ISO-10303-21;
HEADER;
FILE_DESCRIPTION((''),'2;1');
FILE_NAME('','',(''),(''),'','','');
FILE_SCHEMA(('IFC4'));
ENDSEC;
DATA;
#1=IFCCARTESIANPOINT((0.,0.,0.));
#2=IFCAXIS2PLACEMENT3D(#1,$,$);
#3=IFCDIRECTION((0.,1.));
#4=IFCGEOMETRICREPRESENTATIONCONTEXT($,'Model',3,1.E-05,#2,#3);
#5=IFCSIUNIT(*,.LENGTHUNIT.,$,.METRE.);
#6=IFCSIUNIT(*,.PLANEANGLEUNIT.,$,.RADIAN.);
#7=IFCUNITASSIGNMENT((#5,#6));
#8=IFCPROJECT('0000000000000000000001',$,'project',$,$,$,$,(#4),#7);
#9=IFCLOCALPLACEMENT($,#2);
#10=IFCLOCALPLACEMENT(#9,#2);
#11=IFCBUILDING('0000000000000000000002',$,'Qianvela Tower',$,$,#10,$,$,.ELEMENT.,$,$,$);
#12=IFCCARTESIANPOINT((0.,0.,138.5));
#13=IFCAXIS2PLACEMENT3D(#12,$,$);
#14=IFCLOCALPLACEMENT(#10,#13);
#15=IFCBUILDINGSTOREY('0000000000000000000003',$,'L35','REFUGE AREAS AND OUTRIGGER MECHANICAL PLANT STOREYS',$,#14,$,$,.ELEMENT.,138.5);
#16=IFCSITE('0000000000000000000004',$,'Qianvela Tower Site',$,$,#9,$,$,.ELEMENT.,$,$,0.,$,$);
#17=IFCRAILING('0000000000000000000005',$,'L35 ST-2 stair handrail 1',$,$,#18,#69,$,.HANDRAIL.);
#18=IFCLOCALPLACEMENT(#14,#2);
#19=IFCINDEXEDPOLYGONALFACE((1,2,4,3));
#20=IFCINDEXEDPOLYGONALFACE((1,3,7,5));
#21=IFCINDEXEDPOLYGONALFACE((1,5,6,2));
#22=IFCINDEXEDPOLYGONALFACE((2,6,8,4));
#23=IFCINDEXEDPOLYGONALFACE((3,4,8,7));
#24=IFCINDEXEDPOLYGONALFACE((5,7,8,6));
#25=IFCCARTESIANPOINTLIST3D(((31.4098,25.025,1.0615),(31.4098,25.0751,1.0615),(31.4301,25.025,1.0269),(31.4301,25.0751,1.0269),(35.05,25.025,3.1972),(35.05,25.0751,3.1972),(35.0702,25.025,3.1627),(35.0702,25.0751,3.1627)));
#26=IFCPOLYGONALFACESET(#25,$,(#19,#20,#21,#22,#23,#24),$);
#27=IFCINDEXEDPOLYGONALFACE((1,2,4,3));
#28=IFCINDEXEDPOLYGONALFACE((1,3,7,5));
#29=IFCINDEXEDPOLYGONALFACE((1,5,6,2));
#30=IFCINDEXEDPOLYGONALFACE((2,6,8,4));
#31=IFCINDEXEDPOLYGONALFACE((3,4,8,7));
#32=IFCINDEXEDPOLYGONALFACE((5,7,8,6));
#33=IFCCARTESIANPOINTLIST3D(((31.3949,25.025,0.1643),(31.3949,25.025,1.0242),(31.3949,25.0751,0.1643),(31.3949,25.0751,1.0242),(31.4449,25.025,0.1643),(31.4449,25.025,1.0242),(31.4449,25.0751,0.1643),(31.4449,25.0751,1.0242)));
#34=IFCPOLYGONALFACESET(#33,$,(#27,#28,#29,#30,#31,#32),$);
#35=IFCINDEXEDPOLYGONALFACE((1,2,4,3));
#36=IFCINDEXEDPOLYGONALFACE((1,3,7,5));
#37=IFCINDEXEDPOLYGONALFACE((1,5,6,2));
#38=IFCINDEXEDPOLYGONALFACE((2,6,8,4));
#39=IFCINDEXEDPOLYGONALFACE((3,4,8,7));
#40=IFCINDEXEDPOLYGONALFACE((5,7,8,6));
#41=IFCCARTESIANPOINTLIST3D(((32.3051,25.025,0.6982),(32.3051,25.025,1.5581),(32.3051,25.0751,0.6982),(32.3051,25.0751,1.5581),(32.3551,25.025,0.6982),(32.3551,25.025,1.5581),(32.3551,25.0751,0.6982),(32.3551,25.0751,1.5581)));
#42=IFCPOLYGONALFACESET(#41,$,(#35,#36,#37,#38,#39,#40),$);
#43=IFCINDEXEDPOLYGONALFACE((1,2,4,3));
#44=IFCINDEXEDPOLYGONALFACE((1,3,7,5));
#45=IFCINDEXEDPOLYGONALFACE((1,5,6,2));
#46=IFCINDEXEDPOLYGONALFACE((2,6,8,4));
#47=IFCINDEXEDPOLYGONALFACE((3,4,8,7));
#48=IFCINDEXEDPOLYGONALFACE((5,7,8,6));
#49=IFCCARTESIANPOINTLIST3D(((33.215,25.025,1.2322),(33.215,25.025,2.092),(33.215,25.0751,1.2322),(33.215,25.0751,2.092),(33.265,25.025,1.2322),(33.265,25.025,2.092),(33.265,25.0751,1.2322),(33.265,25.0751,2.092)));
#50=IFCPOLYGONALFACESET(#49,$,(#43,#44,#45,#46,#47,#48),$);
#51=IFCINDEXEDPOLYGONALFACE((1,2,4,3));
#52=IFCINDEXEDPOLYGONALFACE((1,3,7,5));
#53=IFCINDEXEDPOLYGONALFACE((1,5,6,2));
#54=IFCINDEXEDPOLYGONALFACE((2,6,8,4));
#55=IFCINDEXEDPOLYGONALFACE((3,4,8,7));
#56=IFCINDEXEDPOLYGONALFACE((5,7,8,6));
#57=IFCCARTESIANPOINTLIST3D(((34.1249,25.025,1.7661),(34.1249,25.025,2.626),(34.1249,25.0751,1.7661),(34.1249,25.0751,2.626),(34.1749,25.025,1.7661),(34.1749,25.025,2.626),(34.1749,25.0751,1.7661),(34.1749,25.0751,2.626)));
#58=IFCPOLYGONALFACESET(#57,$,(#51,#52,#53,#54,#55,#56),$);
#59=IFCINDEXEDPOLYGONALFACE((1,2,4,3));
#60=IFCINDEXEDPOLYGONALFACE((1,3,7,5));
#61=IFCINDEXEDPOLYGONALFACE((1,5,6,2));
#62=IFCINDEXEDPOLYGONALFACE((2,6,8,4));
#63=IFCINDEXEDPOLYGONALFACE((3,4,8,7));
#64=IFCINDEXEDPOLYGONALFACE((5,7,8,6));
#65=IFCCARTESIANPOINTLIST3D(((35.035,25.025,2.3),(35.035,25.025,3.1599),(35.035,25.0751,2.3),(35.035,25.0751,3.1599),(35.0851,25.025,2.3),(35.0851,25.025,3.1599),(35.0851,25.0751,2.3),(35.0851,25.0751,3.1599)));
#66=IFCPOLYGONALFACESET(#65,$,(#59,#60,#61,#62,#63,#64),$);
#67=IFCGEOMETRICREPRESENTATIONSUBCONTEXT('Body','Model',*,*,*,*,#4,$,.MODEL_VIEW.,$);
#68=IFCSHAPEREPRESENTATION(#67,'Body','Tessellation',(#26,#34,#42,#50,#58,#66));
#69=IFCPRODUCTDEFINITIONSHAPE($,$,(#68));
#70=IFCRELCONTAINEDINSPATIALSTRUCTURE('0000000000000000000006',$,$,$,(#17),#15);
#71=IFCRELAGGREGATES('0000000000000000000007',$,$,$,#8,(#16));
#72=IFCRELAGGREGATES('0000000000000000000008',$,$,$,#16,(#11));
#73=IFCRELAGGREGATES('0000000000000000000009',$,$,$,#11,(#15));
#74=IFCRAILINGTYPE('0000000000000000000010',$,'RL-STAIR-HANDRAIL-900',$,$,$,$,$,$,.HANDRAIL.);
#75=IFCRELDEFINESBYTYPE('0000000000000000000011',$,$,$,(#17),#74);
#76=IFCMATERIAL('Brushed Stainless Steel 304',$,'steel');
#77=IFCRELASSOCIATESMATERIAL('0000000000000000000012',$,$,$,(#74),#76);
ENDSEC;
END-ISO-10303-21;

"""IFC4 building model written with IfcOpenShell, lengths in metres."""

from ifc_helpers import new_model, si_unit, direction, frame, origin, origin_2d, place, context, subcontext, project, spatial, rectangle, extrude, material, type_object, element, save


model = new_model("IFC4")

# Units and contexts
model_context = context("Model", 3, precision=1e-05, world=origin(), true_north=direction((0.0, 1.0)))
body_context = subcontext(model_context, "Body", "Model", "MODEL_VIEW")
ifc_project = project(units=[si_unit("LENGTHUNIT", "METRE"), si_unit("PLANEANGLEUNIT", "RADIAN")], contexts=[model_context])

# Site, building, storey
site_placement = place(None, origin())
site = spatial("IfcSite", under=ifc_project, at=site_placement, Name="Qianvela Tower Site", CompositionType="ELEMENT", RefElevation=0.0)
building_placement = place(site_placement, origin())
building = spatial("IfcBuilding", under=site, at=building_placement, Name="Qianvela Tower", CompositionType="ELEMENT")
storey_placement = place(building_placement, frame((0.0, 0.0, 138.5)))
storey = spatial("IfcBuildingStorey", under=building, at=storey_placement, Name="L35", Description="REFUGE AREAS AND OUTRIGGER MECHANICAL PLANT STOREYS", CompositionType="ELEMENT", Elevation=138.5)

# Railing
ifc_material_1 = material(Name="Brushed Stainless Steel 304", Category="steel")
railing_type_1 = type_object("IfcRailingType", Name="RL-STAIR-HANDRAIL-900", PredefinedType="HANDRAIL", material=ifc_material_1)
railing_1_placement = place(storey_placement, frame((31.4199, 25.05, 0.1643)))
element("IfcRailing", 1, at=railing_1_placement, inside=storey, type_object=railing_type_1, Name="L35 ST-2 stair handrail 1", PredefinedType="HANDRAIL", context=body_context, shape_type="SweptSolid", body=[
    extrude(rectangle(XDim=0.05, YDim=0.04, at=origin_2d()), frame((0.0, 0.0, 0.8799), z_axis=(0.862505, 0.0, 0.506049), x_axis=(0.0, 1.0, 0.0)), (0.0, 0.0, 1.0), 4.2205),
    extrude(rectangle(XDim=0.05, YDim=0.05, at=origin_2d()), origin(), (0.0, 0.0, 1.0), 0.8599),
    extrude(rectangle(XDim=0.05, YDim=0.05, at=origin_2d()), frame((0.9102, 0.0, 0.5339)), (0.0, 0.0, 1.0), 0.8599),
    extrude(rectangle(XDim=0.05, YDim=0.05, at=origin_2d()), frame((1.8201, 0.0, 1.0679)), (0.0, 0.0, 1.0), 0.8599),
    extrude(rectangle(XDim=0.05, YDim=0.05, at=origin_2d()), frame((2.73, 0.0, 1.6018)), (0.0, 0.0, 1.0), 0.8599),
    extrude(rectangle(XDim=0.05, YDim=0.05, at=origin_2d()), frame((3.6401, 0.0, 2.1357)), (0.0, 0.0, 1.0), 0.8599),
])

save(model, "model.ifc")
